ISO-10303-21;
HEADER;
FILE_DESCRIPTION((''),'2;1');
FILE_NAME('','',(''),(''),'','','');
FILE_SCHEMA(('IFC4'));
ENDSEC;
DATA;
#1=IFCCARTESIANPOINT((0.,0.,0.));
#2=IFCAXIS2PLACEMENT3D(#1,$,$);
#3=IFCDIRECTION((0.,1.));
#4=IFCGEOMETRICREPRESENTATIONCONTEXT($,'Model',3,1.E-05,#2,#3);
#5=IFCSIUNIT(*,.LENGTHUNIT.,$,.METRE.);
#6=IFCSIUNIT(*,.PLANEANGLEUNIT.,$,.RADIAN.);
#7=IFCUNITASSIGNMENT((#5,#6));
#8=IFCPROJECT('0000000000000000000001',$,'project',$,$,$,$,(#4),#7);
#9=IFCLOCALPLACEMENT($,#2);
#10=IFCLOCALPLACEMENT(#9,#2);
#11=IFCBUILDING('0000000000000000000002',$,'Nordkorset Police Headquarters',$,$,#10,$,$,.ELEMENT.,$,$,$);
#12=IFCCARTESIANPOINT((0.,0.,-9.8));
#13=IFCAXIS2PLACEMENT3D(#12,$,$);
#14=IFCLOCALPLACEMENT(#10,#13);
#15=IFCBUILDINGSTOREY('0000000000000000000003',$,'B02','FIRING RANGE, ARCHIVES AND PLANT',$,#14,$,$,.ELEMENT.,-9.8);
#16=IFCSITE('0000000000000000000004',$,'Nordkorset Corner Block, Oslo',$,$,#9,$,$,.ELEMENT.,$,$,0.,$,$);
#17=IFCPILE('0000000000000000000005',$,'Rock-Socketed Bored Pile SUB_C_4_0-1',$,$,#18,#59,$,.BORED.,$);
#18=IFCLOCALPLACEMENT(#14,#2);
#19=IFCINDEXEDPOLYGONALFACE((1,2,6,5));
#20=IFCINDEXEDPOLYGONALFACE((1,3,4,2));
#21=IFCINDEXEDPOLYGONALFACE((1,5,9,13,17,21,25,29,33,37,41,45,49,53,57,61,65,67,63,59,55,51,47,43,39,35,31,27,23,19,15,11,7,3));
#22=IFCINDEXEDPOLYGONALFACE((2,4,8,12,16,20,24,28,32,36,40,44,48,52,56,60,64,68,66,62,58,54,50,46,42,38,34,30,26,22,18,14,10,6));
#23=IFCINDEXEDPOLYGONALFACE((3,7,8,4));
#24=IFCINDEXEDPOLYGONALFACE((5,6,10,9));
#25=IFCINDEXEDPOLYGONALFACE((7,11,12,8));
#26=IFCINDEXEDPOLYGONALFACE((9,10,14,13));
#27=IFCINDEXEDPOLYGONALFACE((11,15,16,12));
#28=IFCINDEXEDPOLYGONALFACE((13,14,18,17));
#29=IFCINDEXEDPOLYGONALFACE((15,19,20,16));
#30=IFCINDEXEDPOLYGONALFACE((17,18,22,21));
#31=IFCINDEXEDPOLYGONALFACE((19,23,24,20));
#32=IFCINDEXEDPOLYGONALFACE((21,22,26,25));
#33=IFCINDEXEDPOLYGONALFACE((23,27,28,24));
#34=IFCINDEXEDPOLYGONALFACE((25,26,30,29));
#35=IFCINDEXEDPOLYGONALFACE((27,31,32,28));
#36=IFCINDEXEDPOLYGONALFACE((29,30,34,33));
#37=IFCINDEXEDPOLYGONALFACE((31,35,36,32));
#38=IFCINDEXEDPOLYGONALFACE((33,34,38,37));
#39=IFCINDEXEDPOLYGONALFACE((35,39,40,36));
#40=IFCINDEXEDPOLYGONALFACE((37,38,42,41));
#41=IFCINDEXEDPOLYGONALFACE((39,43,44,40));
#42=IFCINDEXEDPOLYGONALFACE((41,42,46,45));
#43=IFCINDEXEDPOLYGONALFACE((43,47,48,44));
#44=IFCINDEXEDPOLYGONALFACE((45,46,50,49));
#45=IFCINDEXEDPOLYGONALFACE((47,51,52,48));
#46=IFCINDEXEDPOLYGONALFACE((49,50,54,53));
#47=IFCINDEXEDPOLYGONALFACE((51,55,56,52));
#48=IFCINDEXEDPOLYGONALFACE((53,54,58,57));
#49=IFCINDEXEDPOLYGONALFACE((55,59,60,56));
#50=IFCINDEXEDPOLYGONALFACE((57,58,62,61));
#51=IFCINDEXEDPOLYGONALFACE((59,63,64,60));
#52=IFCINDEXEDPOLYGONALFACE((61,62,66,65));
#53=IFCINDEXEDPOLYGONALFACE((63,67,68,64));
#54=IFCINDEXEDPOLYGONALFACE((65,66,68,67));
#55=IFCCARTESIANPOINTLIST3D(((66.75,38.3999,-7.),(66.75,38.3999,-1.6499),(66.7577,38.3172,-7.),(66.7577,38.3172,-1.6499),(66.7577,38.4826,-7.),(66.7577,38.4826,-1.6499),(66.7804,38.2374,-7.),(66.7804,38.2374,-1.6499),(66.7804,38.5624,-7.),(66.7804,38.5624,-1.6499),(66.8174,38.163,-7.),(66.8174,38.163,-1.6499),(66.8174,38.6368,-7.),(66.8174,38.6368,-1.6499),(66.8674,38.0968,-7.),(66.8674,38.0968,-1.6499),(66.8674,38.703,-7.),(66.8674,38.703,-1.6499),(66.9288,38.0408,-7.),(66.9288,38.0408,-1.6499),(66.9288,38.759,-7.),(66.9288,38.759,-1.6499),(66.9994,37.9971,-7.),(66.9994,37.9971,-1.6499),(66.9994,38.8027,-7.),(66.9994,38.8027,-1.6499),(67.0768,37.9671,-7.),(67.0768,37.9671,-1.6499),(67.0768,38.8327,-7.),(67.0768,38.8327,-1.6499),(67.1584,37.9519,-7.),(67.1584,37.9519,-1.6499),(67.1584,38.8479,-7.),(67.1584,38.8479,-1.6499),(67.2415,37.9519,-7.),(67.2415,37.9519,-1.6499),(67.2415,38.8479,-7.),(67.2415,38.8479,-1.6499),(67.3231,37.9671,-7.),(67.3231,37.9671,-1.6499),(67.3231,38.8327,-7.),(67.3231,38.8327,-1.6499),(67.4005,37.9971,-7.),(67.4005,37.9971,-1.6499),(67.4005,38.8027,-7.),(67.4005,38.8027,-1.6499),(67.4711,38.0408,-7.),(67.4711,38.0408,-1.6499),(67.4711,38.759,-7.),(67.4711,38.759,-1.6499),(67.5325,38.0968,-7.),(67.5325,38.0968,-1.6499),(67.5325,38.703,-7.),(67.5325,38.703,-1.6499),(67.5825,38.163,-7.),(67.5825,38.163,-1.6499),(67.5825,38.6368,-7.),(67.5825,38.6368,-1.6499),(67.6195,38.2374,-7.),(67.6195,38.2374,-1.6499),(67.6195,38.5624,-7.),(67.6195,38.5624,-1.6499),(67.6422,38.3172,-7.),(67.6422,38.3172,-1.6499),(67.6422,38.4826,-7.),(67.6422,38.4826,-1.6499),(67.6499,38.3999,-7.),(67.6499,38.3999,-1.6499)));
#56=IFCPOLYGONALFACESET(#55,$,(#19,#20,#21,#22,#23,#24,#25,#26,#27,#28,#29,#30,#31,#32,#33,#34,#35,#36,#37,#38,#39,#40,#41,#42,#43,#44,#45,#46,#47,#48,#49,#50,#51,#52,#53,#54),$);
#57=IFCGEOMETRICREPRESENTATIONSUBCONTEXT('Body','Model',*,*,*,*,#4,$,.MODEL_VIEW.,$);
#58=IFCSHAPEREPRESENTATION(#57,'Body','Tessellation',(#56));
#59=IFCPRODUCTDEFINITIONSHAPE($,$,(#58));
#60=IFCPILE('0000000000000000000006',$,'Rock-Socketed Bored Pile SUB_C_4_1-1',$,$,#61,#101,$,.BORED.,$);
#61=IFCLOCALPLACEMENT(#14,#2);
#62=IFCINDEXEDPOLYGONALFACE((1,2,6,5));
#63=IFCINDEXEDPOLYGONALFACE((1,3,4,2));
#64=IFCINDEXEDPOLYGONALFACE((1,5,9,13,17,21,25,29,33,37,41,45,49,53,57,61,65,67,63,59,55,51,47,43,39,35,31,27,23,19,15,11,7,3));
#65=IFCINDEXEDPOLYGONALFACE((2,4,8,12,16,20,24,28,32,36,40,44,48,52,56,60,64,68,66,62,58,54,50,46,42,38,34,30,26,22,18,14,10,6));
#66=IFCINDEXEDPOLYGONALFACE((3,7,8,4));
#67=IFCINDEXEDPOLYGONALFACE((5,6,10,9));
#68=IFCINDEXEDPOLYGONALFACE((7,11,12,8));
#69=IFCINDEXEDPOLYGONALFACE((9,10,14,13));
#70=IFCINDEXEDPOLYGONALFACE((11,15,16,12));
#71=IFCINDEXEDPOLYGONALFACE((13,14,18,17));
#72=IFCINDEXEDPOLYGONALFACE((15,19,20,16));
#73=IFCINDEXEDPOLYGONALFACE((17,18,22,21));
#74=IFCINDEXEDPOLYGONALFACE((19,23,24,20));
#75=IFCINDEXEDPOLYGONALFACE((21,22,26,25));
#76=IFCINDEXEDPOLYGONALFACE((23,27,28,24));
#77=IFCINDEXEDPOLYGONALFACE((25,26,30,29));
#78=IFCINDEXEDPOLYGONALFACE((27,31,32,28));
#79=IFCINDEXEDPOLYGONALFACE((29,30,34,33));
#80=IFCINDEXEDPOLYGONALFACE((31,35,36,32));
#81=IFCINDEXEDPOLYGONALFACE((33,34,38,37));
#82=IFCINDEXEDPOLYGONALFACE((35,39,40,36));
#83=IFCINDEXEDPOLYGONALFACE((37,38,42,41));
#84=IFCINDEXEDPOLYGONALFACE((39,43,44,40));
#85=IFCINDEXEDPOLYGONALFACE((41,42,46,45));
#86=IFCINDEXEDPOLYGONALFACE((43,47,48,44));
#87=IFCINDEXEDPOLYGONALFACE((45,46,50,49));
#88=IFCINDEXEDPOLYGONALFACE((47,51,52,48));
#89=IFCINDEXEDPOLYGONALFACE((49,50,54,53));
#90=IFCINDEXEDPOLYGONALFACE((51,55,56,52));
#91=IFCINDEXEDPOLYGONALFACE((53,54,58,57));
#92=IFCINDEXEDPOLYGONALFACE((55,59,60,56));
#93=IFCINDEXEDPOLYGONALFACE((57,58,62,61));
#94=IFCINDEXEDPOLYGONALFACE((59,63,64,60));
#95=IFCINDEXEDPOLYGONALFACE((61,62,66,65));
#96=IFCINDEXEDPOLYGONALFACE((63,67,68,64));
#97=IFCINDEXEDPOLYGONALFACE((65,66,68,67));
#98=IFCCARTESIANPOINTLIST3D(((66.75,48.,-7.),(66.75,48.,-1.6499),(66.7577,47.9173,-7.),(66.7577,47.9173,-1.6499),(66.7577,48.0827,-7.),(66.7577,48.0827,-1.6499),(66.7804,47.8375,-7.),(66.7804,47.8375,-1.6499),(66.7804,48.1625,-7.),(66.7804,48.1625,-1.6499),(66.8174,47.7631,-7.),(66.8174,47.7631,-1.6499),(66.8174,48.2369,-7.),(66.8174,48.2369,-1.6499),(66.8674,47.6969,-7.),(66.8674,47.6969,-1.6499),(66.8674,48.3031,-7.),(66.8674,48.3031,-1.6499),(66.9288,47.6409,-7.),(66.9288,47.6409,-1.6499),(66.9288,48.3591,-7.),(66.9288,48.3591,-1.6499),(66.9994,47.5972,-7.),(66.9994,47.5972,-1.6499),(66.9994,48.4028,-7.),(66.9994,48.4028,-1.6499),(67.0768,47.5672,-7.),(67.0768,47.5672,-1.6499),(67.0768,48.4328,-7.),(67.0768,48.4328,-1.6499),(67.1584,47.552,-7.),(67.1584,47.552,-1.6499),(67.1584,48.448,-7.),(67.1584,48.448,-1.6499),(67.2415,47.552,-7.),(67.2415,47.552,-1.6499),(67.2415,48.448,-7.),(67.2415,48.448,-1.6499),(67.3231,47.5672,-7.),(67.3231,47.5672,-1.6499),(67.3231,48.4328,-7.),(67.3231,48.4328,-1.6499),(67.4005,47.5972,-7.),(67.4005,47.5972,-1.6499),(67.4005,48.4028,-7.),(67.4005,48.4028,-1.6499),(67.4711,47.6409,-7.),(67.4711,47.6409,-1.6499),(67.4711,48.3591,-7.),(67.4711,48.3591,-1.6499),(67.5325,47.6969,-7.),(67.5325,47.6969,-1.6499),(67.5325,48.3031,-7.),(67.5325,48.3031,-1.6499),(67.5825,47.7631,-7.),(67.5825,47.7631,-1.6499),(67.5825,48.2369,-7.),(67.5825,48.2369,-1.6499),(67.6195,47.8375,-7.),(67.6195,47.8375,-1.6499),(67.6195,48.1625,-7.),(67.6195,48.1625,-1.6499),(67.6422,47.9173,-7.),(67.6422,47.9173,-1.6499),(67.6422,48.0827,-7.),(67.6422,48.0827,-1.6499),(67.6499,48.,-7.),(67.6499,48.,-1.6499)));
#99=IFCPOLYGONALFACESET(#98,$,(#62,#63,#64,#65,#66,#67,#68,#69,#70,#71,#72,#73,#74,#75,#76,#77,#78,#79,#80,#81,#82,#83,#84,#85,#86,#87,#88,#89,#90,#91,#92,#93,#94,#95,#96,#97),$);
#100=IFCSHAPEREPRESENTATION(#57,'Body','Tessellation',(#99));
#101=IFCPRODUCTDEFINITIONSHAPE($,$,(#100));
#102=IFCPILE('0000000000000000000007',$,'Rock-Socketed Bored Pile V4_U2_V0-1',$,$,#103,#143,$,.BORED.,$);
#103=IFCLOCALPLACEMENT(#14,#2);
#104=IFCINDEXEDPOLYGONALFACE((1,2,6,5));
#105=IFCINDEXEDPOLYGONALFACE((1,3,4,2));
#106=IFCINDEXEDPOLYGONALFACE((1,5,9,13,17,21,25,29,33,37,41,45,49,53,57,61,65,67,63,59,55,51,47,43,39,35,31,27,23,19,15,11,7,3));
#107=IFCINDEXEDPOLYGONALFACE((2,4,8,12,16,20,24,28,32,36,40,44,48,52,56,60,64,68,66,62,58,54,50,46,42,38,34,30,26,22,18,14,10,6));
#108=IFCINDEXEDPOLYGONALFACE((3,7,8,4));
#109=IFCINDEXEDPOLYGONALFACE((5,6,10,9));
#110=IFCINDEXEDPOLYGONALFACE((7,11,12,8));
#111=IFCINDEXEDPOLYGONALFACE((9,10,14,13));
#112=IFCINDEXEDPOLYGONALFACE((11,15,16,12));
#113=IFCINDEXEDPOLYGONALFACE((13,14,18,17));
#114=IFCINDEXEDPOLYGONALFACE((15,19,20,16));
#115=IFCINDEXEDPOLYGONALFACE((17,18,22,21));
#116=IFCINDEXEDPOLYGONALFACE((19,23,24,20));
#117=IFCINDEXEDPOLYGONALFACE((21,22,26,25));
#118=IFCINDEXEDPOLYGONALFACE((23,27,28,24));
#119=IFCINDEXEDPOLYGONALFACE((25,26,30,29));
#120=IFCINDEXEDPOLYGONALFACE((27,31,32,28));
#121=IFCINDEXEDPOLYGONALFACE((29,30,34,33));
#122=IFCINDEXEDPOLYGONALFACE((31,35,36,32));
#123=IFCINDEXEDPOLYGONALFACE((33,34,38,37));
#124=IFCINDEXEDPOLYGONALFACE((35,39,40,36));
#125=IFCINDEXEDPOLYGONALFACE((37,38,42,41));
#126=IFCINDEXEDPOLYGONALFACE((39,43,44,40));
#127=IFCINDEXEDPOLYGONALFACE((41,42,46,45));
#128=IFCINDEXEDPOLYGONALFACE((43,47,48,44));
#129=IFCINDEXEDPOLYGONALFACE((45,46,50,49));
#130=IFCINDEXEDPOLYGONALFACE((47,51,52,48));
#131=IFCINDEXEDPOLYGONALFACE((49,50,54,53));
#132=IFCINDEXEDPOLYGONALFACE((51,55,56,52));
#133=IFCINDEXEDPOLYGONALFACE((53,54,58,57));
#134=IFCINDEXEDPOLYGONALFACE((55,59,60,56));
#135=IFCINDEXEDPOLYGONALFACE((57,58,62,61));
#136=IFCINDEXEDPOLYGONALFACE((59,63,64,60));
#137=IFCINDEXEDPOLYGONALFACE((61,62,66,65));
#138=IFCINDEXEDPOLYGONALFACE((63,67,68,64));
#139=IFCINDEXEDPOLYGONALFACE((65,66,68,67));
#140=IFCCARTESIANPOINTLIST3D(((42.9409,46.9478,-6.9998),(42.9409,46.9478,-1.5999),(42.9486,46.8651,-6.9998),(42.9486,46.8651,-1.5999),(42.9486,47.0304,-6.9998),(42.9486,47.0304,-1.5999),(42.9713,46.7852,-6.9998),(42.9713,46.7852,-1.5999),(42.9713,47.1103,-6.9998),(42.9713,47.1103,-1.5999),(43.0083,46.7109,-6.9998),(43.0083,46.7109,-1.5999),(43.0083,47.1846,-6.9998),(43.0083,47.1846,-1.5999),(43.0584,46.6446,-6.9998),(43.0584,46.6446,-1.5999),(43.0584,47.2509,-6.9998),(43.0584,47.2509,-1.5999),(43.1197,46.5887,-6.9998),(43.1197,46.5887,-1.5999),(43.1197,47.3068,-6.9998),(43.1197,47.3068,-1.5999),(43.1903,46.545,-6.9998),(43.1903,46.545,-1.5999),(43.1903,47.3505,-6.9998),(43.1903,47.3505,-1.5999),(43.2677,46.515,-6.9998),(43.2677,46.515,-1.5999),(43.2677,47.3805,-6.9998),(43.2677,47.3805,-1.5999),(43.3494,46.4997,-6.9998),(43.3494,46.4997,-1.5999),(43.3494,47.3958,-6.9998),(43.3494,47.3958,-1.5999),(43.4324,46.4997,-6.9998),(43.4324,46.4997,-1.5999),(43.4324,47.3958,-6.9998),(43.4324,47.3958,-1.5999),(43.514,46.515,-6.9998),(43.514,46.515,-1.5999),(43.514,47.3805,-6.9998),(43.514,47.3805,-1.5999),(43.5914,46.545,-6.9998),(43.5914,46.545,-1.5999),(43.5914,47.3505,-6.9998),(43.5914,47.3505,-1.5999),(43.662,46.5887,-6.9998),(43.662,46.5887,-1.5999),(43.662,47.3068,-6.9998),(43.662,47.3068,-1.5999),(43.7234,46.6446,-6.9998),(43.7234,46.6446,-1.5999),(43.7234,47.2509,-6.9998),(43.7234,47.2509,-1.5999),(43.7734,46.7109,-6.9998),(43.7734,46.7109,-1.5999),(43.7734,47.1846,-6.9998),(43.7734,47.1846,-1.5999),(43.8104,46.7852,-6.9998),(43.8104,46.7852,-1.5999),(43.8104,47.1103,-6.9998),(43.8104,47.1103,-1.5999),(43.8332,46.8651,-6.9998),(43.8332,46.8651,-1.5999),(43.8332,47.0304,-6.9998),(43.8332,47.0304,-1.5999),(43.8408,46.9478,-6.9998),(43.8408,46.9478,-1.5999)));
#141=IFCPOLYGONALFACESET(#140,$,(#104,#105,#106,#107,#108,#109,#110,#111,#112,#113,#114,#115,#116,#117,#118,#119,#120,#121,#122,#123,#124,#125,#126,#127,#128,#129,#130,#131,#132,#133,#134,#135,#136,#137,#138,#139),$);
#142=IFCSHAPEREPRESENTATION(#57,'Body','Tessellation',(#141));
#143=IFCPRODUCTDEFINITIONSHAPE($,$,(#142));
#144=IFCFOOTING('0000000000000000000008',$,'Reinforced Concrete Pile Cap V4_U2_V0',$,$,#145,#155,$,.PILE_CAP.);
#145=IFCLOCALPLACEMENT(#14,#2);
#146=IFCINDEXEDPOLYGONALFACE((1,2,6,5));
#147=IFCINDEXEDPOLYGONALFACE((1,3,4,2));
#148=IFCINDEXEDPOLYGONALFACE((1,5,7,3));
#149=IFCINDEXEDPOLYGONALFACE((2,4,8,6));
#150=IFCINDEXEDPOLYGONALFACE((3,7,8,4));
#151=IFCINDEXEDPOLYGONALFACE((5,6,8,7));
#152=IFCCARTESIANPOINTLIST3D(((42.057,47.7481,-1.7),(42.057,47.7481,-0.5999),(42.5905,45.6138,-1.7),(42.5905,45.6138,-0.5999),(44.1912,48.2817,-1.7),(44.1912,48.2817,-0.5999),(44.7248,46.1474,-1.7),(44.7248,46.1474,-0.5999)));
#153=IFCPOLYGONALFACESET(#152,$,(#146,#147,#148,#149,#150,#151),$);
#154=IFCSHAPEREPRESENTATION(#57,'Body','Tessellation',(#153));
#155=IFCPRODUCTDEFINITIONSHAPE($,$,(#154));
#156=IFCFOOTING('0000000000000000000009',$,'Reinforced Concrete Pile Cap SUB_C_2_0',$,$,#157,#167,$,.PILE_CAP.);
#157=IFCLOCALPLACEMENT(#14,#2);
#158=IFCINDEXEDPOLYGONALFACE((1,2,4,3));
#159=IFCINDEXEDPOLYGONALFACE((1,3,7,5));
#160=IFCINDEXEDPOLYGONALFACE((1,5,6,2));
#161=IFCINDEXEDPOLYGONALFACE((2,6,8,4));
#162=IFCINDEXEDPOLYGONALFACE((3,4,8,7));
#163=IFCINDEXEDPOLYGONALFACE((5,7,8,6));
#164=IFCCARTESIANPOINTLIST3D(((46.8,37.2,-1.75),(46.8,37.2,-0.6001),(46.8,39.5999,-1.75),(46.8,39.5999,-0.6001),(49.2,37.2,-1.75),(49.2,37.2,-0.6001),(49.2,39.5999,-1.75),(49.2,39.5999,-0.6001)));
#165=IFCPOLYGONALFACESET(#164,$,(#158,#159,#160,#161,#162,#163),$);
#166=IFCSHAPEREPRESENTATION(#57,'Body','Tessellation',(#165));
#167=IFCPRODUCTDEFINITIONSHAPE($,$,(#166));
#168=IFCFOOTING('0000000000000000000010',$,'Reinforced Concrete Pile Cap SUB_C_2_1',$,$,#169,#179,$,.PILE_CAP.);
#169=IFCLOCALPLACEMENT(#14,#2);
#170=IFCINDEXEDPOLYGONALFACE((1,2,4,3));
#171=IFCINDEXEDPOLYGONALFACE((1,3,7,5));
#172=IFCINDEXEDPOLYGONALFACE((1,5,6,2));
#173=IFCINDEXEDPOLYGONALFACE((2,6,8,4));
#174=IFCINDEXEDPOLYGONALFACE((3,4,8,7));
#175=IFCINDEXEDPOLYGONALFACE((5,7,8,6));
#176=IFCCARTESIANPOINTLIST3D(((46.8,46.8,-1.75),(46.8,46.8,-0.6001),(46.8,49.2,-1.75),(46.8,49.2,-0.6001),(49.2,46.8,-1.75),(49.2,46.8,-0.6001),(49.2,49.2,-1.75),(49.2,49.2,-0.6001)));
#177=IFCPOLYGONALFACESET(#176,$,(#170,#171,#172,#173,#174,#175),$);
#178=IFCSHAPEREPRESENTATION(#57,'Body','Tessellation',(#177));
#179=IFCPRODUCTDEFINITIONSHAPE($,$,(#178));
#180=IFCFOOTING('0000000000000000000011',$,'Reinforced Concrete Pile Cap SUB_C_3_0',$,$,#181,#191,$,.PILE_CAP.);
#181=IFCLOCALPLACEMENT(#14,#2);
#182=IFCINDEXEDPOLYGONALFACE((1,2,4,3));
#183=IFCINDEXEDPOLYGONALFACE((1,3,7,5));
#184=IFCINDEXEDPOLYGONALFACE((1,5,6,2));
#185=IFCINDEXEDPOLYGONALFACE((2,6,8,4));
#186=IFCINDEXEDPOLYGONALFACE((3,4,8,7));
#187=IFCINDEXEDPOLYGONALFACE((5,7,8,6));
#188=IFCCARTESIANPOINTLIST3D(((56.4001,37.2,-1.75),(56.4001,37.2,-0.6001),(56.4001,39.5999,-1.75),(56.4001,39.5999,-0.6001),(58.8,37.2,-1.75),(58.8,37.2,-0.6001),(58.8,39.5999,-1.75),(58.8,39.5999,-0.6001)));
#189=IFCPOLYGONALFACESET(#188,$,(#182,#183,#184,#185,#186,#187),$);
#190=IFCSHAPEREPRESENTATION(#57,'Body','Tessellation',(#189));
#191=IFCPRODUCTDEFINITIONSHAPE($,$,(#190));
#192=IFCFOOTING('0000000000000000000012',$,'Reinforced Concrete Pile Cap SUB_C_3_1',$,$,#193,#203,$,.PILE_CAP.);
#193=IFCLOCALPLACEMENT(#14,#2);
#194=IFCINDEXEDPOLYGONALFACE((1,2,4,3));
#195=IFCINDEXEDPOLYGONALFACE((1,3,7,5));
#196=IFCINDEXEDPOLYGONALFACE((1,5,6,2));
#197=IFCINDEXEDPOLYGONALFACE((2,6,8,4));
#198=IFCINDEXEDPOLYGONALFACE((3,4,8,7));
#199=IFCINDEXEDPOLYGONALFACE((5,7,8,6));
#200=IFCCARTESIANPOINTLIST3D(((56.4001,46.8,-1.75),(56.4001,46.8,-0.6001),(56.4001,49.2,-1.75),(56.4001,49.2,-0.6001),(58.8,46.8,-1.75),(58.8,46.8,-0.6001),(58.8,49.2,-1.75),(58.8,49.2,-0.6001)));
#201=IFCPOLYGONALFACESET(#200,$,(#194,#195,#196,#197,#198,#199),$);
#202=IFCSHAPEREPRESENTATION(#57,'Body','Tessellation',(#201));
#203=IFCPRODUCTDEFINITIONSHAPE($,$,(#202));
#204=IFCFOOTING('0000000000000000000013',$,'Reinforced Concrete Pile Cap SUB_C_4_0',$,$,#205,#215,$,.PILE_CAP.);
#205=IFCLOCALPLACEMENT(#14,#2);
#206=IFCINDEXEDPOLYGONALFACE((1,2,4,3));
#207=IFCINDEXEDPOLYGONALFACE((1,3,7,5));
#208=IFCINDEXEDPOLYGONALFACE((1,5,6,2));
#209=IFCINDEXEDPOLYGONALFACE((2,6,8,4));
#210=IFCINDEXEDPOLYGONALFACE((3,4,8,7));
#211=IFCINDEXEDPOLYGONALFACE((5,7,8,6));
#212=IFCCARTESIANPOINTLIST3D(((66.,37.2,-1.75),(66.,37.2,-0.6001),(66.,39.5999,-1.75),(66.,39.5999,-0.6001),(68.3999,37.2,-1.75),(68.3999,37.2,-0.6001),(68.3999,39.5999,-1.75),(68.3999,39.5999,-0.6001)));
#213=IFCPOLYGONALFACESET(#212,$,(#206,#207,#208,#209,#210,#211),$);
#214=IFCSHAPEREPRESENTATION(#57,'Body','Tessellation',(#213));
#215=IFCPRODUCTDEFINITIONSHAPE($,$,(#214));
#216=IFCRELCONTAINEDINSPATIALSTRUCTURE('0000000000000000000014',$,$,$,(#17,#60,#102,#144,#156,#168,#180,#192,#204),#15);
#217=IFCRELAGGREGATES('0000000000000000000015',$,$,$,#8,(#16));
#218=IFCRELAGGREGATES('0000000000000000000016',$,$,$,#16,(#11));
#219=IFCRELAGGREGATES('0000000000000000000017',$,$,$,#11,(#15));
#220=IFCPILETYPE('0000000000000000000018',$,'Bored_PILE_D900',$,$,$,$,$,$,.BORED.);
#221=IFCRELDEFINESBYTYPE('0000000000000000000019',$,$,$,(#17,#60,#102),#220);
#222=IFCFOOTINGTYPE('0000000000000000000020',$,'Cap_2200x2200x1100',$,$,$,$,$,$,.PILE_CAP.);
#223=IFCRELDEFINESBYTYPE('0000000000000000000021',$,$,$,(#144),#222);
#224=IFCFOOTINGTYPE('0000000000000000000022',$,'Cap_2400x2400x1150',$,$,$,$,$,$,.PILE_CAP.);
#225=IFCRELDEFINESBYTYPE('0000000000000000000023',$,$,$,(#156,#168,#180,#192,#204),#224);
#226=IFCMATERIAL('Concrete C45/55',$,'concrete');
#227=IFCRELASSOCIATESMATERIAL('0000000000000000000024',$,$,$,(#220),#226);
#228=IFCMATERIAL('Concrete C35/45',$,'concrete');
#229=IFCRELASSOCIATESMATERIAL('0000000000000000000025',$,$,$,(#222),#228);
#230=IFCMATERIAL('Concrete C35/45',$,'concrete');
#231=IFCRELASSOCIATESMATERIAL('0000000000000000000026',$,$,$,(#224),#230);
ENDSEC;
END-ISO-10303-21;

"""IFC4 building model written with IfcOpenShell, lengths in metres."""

from ifc_helpers import new_model, si_unit, direction, frame, origin, origin_2d, place, context, subcontext, project, spatial, rectangle, circle, extrude, material, material_profile, profile_set, type_object, element, save


model = new_model("IFC4")

# Units and contexts
model_context = context("Model", 3, precision=1e-05, world=origin(), true_north=direction((0.0, 1.0)))
body_context = subcontext(model_context, "Body", "Model", "MODEL_VIEW")
ifc_project = project(units=[si_unit("LENGTHUNIT", "METRE"), si_unit("PLANEANGLEUNIT", "RADIAN")], contexts=[model_context])

# Site, building, storey
site_placement = place(None, origin())
site = spatial("IfcSite", under=ifc_project, at=site_placement, Name="Nordkorset Corner Block, Oslo", CompositionType="ELEMENT", RefElevation=0.0)
building_placement = place(site_placement, origin())
building = spatial("IfcBuilding", under=site, at=building_placement, Name="Nordkorset Police Headquarters", CompositionType="ELEMENT")
storey_placement = place(building_placement, frame((0.0, 0.0, -9.8)))
storey = spatial("IfcBuildingStorey", under=building, at=storey_placement, Name="B02", Description="FIRING RANGE, ARCHIVES AND PLANT", CompositionType="ELEMENT", Elevation=-9.8)

# Piles
ifc_material_1 = material(Name="Concrete C45/55", Category="concrete")
ifc_material_profile_1 = material_profile(ifc_material_1, circle(Radius=0.45, at=origin_2d()), Name="PILE D900")
ifc_profile_set_1 = profile_set([ifc_material_profile_1], Name="Concrete C45/55")
pile_type = type_object("IfcPileType", Name="Bored_PILE_D900", PredefinedType="BORED", material=ifc_profile_set_1)
for number, where, z_axis, x_axis, name in (
    (1, (67.2, 38.3999, -1.6499), (0.0, 0.0, -1.0), (1.0, 0.0, 0.0), "Rock-Socketed Bored Pile SUB_C_4_0-1"),
    (2, (67.2, 48.0, -1.6499), (0.0, 0.0, -1.0), (1.0, 0.0, 0.0), "Rock-Socketed Bored Pile SUB_C_4_1-1"),
):
    element("IfcPile", number, at=place(storey_placement, frame(where, z_axis=z_axis, x_axis=x_axis)), inside=storey, type_object=pile_type, Name=name, PredefinedType="BORED", context=body_context, shape_type="SweptSolid", body=[
        extrude(circle(Radius=0.45, at=origin_2d()), origin(), (0.0, 0.0, 1.0), 5.3501),
    ])
pile_placement = place(storey_placement, frame((43.3909, 46.9478, -1.5999), z_axis=(0.0, 0.0, -1.0), x_axis=(1.0, 0.0, 0.0)))
element("IfcPile", 3, at=pile_placement, inside=storey, type_object=pile_type, Name="Rock-Socketed Bored Pile V4_U2_V0-1", PredefinedType="BORED", context=body_context, shape_type="SweptSolid", body=[
    extrude(circle(Radius=0.45, at=origin_2d()), origin(), (0.0, 0.0, 1.0), 5.3999),
])

# Footings
ifc_material_2 = material(Name="Concrete C35/45", Category="concrete")
footing_type_1 = type_object("IfcFootingType", Name="Cap_2200x2200x1100", PredefinedType="PILE_CAP", material=ifc_material_2)
footing_placement = place(storey_placement, frame((43.3909, 46.9478, -1.7), z_axis=(0.0, 0.0, 1.0), x_axis=(0.970143, 0.242536, 0.0)))
element("IfcFooting", 4, at=footing_placement, inside=storey, type_object=footing_type_1, Name="Reinforced Concrete Pile Cap V4_U2_V0", PredefinedType="PILE_CAP", context=body_context, shape_type="SweptSolid", body=[
    extrude(rectangle(XDim=2.2, YDim=2.2, at=origin_2d()), origin(), (0.0, 0.0, 1.0), 1.1001),
])
ifc_material_3 = material(Name="Concrete C35/45", Category="concrete")
footing_type_2 = type_object("IfcFootingType", Name="Cap_2400x2400x1150", PredefinedType="PILE_CAP", material=ifc_material_3)
for number, where, z_axis, x_axis, name in (
    (5, (48.0, 38.3999, -1.75), (0.0, 0.0, 1.0), (1.0, 0.0, 0.0), "Reinforced Concrete Pile Cap SUB_C_2_0"),
    (6, (48.0, 48.0, -1.75), (0.0, 0.0, 1.0), (1.0, 0.0, 0.0), "Reinforced Concrete Pile Cap SUB_C_2_1"),
    (7, (57.6001, 38.3999, -1.75), (0.0, 0.0, 1.0), (1.0, 0.0, 0.0), "Reinforced Concrete Pile Cap SUB_C_3_0"),
    (8, (57.6001, 48.0, -1.75), (0.0, 0.0, 1.0), (1.0, 0.0, 0.0), "Reinforced Concrete Pile Cap SUB_C_3_1"),
    (9, (67.2, 38.3999, -1.75), (0.0, 0.0, 1.0), (1.0, 0.0, 0.0), "Reinforced Concrete Pile Cap SUB_C_4_0"),
):
    element("IfcFooting", number, at=place(storey_placement, frame(where, z_axis=z_axis, x_axis=x_axis)), inside=storey, type_object=footing_type_2, Name=name, PredefinedType="PILE_CAP", context=body_context, shape_type="SweptSolid", body=[
        extrude(rectangle(XDim=2.3999, YDim=2.3999, at=origin_2d()), origin(), (0.0, 0.0, 1.0), 1.1499),
    ])

save(model, "model.ifc")
